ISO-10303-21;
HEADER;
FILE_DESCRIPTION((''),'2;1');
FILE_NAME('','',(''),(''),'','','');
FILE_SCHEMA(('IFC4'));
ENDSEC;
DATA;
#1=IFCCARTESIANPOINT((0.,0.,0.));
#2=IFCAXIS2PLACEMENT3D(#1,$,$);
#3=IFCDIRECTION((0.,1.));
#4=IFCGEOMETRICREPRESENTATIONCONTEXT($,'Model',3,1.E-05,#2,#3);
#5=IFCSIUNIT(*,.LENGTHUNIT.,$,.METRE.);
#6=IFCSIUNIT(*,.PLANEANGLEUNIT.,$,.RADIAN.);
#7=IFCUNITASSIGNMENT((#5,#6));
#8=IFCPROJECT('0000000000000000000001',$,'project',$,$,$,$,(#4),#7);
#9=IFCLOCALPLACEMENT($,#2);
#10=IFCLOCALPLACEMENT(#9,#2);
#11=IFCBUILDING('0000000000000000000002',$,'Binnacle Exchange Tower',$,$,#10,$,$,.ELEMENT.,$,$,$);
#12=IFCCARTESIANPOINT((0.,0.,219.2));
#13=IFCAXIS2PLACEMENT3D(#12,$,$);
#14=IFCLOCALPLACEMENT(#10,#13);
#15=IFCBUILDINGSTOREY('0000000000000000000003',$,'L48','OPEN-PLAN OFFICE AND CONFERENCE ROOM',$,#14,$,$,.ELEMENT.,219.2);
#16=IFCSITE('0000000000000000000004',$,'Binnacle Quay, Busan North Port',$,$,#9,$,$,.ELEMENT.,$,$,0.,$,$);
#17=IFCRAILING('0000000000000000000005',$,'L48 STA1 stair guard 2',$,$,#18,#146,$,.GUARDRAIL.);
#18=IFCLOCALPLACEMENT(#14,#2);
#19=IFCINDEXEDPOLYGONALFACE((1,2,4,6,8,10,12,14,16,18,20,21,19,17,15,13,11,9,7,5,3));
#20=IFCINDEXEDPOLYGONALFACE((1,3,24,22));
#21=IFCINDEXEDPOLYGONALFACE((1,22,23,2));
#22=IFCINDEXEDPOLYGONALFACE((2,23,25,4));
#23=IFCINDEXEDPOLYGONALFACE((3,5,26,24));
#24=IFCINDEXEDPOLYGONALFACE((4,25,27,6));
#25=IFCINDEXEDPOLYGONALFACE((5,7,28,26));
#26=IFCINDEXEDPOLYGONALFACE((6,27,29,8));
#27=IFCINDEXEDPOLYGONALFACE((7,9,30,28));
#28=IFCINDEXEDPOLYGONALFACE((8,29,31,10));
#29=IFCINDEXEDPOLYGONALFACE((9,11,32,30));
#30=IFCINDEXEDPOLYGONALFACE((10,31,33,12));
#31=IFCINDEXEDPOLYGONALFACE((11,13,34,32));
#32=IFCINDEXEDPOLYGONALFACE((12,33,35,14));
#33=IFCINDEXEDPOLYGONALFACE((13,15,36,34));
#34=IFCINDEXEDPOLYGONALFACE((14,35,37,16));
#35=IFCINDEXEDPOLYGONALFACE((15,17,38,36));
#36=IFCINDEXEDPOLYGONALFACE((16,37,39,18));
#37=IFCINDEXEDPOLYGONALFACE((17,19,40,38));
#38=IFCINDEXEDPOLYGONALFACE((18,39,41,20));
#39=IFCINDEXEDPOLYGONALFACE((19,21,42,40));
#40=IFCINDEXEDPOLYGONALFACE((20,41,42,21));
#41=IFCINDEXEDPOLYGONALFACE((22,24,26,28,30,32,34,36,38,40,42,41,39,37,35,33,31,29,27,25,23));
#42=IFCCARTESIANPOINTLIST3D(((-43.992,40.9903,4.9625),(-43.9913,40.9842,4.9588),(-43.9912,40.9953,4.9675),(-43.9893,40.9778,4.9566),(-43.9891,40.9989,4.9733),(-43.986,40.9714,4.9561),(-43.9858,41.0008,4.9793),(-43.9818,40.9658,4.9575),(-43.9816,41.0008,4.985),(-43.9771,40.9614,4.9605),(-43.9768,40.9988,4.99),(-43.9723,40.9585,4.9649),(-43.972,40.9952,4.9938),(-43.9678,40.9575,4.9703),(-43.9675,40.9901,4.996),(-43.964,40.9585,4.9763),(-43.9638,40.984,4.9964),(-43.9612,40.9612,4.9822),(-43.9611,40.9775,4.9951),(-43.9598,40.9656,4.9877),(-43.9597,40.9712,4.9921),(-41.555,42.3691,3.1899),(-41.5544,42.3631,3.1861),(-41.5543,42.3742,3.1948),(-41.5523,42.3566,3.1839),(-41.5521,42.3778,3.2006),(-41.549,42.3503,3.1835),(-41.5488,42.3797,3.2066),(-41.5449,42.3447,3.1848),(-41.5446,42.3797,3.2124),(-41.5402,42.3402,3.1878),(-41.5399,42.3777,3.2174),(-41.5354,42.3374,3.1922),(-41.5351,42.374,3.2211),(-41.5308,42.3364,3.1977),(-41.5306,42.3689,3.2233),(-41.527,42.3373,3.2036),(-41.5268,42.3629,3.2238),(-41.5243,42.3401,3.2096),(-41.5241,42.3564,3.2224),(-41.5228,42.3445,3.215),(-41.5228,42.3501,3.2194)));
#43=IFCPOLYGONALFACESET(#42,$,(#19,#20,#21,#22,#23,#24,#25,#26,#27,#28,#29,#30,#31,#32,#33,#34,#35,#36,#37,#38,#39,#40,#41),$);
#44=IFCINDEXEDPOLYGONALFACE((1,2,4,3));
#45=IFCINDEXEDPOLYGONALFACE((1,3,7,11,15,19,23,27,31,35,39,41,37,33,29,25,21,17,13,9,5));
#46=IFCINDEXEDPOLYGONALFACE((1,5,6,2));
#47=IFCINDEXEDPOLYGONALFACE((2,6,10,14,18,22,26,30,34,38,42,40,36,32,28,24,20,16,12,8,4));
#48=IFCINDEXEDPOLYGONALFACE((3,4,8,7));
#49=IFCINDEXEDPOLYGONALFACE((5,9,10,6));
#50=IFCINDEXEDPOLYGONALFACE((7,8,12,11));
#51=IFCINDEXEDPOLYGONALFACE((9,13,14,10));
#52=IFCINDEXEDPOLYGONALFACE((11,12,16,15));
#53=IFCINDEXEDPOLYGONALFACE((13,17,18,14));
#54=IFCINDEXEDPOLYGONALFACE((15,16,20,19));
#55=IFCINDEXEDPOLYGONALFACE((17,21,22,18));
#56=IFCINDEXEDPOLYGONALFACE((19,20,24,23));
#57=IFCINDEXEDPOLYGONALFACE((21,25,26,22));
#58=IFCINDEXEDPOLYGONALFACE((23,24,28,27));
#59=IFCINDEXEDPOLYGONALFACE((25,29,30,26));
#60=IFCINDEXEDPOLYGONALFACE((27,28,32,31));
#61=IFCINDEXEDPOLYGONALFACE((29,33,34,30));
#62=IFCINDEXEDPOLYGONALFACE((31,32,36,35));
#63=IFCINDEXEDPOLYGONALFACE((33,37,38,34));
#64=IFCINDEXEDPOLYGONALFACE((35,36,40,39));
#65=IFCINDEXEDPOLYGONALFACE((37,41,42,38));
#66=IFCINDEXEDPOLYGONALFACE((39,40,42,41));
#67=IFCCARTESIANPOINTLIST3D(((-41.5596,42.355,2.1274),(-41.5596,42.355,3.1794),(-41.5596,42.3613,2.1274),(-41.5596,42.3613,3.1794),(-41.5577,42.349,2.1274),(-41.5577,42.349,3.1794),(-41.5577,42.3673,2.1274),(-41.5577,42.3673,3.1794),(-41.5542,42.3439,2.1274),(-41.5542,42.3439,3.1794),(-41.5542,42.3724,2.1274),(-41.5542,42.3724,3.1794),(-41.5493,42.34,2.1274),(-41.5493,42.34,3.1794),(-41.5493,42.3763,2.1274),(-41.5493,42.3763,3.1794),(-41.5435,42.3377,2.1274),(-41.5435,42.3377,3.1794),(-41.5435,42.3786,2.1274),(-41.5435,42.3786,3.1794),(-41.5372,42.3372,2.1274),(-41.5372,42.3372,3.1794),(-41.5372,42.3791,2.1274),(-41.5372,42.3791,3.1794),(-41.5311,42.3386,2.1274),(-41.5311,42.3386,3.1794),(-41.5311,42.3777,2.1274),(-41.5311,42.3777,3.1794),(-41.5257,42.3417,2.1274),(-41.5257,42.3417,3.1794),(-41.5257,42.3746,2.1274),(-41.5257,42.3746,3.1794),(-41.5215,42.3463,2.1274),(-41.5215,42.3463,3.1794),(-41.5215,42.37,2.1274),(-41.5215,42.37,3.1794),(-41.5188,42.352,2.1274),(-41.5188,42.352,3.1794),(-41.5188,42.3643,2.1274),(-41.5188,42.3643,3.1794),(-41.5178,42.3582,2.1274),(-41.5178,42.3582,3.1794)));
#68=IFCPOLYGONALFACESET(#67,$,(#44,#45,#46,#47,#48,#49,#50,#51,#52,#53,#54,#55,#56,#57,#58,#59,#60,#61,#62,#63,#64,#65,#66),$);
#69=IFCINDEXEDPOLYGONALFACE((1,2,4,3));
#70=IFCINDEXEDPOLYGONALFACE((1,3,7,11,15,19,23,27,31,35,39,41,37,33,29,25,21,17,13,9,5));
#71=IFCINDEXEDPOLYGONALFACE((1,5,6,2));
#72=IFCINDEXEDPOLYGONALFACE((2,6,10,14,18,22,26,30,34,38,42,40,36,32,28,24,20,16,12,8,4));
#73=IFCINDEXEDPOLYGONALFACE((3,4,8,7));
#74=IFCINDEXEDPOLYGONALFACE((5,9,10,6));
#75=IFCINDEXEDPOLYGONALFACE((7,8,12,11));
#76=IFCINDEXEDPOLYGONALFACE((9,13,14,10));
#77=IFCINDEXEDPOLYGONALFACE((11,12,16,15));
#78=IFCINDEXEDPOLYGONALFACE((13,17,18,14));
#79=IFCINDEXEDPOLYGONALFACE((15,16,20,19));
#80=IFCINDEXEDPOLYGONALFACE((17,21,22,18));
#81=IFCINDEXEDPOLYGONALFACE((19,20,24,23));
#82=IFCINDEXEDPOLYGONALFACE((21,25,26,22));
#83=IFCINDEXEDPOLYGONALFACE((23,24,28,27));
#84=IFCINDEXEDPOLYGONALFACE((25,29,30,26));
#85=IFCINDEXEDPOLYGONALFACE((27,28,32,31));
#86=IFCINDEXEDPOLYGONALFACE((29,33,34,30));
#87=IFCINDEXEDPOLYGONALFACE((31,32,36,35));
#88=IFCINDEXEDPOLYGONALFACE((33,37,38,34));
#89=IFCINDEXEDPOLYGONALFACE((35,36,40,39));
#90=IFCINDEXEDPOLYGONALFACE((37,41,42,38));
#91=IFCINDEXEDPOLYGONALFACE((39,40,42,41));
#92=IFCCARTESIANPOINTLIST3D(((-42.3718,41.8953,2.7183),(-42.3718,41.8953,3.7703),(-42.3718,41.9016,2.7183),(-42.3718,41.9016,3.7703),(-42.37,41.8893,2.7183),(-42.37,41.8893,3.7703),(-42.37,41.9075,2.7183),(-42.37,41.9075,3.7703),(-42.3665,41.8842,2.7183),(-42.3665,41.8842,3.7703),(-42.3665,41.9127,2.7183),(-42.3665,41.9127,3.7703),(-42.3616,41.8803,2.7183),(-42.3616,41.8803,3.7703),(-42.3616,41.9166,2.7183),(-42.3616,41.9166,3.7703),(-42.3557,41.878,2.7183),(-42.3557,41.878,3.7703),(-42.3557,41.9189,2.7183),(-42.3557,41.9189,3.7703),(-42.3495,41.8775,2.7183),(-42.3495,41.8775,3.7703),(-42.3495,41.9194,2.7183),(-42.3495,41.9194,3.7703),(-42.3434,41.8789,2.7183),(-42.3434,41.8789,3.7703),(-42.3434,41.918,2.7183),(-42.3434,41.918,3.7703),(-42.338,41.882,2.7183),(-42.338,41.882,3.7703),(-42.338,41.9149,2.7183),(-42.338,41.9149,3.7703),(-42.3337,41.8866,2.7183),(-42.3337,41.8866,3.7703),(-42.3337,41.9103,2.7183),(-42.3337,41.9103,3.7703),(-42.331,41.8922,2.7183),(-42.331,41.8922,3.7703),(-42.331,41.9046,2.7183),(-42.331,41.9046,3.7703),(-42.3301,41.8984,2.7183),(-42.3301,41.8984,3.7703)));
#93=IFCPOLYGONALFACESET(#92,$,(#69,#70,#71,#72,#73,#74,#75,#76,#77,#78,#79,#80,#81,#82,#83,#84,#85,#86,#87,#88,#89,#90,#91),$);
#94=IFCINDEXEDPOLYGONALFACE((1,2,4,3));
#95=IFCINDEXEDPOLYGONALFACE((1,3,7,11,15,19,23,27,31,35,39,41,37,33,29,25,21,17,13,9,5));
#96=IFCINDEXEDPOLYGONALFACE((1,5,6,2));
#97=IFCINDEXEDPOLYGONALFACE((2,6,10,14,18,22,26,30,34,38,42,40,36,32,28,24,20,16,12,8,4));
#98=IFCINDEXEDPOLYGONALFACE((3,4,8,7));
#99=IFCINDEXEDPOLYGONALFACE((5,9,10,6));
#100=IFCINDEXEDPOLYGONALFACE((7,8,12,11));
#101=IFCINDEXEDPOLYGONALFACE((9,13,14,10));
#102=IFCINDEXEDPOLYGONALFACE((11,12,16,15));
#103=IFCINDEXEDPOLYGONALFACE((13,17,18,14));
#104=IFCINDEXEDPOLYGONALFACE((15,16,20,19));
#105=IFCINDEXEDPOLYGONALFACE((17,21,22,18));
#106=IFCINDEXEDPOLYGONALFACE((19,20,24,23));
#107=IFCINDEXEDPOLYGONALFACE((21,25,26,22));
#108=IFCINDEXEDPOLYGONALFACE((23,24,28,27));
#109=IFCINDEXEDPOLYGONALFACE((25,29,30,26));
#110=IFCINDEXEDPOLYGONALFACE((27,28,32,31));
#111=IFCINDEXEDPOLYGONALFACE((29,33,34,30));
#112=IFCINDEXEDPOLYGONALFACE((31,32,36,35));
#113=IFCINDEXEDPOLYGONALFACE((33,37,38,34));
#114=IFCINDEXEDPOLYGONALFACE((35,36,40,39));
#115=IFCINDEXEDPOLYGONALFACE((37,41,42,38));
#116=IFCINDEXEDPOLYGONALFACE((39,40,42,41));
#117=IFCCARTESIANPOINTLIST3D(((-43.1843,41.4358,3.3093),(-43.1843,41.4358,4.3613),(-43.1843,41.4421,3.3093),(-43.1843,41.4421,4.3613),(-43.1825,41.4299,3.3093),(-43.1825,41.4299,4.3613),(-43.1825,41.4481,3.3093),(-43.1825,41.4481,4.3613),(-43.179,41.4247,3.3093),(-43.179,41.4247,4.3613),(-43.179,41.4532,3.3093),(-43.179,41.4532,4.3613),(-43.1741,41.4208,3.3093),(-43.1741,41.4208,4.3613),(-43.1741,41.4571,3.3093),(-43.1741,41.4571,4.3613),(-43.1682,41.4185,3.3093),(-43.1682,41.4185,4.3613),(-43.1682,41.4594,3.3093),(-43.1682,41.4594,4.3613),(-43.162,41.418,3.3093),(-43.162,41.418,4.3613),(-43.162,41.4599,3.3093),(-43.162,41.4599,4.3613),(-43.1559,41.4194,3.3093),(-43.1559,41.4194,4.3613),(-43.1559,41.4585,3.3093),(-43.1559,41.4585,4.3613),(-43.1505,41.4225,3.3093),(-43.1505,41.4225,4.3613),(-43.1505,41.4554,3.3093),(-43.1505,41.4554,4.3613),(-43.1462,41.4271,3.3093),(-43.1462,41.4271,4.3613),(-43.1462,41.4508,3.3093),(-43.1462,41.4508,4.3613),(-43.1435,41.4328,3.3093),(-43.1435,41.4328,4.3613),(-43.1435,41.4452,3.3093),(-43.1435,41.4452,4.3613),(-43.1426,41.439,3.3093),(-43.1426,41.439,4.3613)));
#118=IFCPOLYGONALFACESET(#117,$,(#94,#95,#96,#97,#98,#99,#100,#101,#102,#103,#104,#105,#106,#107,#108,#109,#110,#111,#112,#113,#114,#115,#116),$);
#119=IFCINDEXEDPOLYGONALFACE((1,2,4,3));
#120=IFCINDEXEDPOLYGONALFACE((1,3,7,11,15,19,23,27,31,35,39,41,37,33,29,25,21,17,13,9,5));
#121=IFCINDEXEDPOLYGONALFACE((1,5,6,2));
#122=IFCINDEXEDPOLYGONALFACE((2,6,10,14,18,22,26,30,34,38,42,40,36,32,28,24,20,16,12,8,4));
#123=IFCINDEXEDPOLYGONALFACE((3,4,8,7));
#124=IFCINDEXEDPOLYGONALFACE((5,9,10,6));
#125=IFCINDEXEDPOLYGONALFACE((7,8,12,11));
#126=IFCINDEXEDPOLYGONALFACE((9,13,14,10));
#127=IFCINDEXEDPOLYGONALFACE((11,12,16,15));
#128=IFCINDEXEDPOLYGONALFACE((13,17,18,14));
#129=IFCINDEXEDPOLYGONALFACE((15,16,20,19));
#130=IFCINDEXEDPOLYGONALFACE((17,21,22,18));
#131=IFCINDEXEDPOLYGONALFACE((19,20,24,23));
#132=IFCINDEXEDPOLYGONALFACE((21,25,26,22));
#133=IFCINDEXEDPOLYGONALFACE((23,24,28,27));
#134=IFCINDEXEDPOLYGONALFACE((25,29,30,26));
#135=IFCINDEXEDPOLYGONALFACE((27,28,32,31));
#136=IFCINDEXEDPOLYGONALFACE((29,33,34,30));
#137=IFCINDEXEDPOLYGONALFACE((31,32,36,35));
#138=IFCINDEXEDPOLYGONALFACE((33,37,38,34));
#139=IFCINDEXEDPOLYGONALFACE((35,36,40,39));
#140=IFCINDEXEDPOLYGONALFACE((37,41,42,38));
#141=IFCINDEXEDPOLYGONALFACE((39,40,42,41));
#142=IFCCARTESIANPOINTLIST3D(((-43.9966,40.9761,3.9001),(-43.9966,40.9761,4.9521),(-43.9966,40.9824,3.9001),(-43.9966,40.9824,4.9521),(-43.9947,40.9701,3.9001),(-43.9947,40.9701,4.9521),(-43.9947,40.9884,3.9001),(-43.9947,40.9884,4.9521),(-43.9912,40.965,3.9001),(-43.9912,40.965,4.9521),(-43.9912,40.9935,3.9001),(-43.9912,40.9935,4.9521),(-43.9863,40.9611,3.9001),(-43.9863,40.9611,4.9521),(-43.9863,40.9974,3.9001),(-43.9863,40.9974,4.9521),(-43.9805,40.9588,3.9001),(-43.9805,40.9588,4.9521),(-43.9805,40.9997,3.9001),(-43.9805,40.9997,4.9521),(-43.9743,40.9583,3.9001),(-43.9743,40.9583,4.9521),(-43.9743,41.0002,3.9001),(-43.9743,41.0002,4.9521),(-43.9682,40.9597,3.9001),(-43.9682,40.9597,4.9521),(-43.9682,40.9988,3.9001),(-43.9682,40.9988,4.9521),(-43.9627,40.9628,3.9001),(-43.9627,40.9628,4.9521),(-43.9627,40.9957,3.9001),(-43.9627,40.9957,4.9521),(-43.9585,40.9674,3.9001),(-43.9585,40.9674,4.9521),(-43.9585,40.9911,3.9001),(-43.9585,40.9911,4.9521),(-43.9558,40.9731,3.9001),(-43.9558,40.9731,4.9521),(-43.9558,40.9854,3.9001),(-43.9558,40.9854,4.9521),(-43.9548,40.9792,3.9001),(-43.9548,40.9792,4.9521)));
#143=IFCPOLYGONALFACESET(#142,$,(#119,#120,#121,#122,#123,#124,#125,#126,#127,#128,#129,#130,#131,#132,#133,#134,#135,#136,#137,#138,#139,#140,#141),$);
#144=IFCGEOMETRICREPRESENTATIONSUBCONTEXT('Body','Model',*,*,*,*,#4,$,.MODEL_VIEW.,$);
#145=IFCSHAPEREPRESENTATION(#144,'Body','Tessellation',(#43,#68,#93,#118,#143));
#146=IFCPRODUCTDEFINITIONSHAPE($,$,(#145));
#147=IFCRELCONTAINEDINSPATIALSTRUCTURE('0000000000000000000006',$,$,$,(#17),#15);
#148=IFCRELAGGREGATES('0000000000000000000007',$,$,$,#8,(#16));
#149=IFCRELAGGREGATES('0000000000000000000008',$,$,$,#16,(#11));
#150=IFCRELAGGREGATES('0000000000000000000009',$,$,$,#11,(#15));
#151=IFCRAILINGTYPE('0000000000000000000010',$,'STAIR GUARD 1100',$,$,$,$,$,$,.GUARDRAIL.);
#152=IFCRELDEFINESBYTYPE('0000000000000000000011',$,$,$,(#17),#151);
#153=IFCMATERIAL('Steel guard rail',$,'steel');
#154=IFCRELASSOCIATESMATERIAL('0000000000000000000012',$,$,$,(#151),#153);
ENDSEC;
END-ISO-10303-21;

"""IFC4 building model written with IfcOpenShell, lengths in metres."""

from ifc_helpers import new_model, si_unit, direction, frame, origin, origin_2d, place, context, subcontext, project, spatial, circle, extrude, material, type_object, element, save


model = new_model("IFC4")

# Units and contexts
model_context = context("Model", 3, precision=1e-05, world=origin(), true_north=direction((0.0, 1.0)))
body_context = subcontext(model_context, "Body", "Model", "MODEL_VIEW")
ifc_project = project(units=[si_unit("LENGTHUNIT", "METRE"), si_unit("PLANEANGLEUNIT", "RADIAN")], contexts=[model_context])

# Site, building, storey
site_placement = place(None, origin())
site = spatial("IfcSite", under=ifc_project, at=site_placement, Name="Binnacle Quay, Busan North Port", CompositionType="ELEMENT", RefElevation=0.0)
building_placement = place(site_placement, origin())
building = spatial("IfcBuilding", under=site, at=building_placement, Name="Binnacle Exchange Tower", CompositionType="ELEMENT")
storey_placement = place(building_placement, frame((0.0, 0.0, 219.2)))
storey = spatial("IfcBuildingStorey", under=building, at=storey_placement, Name="L48", Description="OPEN-PLAN OFFICE AND CONFERENCE ROOM", CompositionType="ELEMENT", Elevation=219.2)

# Railing
ifc_material_1 = material(Name="Steel guard rail", Category="steel")
railing_type = type_object("IfcRailingType", Name="STAIR GUARD 1100", PredefinedType="GUARDRAIL", material=ifc_material_1)
railing_1_placement = place(storey_placement, frame((-41.5388, 42.3582, 2.1274)))
element("IfcRailing", 1, at=railing_1_placement, inside=storey, type_object=railing_type, Name="L48 STA1 stair guard 2", PredefinedType="GUARDRAIL", context=body_context, shape_type="SweptSolid", body=[
    extrude(circle(Radius=0.0239, at=origin_2d()), frame((0.0, 0.0, 1.0762), z_axis=(-0.735359, -0.41608, 0.534907), x_axis=(0.492454, -0.870339, 0.0)), (0.0, 0.0, 1.0), 3.314),
    extrude(circle(Radius=0.021, at=origin_2d()), origin(), (0.0, 0.0, 1.0), 1.052),
    extrude(circle(Radius=0.021, at=origin_2d()), frame((-0.8123, -0.4597, 0.5908)), (0.0, 0.0, 1.0), 1.052),
    extrude(circle(Radius=0.021, at=origin_2d()), frame((-1.6248, -0.9192, 1.1819)), (0.0, 0.0, 1.0), 1.052),
    extrude(circle(Radius=0.021, at=origin_2d()), frame((-2.437, -1.3789, 1.7727)), (0.0, 0.0, 1.0), 1.052),
])

save(model, "model.ifc")
